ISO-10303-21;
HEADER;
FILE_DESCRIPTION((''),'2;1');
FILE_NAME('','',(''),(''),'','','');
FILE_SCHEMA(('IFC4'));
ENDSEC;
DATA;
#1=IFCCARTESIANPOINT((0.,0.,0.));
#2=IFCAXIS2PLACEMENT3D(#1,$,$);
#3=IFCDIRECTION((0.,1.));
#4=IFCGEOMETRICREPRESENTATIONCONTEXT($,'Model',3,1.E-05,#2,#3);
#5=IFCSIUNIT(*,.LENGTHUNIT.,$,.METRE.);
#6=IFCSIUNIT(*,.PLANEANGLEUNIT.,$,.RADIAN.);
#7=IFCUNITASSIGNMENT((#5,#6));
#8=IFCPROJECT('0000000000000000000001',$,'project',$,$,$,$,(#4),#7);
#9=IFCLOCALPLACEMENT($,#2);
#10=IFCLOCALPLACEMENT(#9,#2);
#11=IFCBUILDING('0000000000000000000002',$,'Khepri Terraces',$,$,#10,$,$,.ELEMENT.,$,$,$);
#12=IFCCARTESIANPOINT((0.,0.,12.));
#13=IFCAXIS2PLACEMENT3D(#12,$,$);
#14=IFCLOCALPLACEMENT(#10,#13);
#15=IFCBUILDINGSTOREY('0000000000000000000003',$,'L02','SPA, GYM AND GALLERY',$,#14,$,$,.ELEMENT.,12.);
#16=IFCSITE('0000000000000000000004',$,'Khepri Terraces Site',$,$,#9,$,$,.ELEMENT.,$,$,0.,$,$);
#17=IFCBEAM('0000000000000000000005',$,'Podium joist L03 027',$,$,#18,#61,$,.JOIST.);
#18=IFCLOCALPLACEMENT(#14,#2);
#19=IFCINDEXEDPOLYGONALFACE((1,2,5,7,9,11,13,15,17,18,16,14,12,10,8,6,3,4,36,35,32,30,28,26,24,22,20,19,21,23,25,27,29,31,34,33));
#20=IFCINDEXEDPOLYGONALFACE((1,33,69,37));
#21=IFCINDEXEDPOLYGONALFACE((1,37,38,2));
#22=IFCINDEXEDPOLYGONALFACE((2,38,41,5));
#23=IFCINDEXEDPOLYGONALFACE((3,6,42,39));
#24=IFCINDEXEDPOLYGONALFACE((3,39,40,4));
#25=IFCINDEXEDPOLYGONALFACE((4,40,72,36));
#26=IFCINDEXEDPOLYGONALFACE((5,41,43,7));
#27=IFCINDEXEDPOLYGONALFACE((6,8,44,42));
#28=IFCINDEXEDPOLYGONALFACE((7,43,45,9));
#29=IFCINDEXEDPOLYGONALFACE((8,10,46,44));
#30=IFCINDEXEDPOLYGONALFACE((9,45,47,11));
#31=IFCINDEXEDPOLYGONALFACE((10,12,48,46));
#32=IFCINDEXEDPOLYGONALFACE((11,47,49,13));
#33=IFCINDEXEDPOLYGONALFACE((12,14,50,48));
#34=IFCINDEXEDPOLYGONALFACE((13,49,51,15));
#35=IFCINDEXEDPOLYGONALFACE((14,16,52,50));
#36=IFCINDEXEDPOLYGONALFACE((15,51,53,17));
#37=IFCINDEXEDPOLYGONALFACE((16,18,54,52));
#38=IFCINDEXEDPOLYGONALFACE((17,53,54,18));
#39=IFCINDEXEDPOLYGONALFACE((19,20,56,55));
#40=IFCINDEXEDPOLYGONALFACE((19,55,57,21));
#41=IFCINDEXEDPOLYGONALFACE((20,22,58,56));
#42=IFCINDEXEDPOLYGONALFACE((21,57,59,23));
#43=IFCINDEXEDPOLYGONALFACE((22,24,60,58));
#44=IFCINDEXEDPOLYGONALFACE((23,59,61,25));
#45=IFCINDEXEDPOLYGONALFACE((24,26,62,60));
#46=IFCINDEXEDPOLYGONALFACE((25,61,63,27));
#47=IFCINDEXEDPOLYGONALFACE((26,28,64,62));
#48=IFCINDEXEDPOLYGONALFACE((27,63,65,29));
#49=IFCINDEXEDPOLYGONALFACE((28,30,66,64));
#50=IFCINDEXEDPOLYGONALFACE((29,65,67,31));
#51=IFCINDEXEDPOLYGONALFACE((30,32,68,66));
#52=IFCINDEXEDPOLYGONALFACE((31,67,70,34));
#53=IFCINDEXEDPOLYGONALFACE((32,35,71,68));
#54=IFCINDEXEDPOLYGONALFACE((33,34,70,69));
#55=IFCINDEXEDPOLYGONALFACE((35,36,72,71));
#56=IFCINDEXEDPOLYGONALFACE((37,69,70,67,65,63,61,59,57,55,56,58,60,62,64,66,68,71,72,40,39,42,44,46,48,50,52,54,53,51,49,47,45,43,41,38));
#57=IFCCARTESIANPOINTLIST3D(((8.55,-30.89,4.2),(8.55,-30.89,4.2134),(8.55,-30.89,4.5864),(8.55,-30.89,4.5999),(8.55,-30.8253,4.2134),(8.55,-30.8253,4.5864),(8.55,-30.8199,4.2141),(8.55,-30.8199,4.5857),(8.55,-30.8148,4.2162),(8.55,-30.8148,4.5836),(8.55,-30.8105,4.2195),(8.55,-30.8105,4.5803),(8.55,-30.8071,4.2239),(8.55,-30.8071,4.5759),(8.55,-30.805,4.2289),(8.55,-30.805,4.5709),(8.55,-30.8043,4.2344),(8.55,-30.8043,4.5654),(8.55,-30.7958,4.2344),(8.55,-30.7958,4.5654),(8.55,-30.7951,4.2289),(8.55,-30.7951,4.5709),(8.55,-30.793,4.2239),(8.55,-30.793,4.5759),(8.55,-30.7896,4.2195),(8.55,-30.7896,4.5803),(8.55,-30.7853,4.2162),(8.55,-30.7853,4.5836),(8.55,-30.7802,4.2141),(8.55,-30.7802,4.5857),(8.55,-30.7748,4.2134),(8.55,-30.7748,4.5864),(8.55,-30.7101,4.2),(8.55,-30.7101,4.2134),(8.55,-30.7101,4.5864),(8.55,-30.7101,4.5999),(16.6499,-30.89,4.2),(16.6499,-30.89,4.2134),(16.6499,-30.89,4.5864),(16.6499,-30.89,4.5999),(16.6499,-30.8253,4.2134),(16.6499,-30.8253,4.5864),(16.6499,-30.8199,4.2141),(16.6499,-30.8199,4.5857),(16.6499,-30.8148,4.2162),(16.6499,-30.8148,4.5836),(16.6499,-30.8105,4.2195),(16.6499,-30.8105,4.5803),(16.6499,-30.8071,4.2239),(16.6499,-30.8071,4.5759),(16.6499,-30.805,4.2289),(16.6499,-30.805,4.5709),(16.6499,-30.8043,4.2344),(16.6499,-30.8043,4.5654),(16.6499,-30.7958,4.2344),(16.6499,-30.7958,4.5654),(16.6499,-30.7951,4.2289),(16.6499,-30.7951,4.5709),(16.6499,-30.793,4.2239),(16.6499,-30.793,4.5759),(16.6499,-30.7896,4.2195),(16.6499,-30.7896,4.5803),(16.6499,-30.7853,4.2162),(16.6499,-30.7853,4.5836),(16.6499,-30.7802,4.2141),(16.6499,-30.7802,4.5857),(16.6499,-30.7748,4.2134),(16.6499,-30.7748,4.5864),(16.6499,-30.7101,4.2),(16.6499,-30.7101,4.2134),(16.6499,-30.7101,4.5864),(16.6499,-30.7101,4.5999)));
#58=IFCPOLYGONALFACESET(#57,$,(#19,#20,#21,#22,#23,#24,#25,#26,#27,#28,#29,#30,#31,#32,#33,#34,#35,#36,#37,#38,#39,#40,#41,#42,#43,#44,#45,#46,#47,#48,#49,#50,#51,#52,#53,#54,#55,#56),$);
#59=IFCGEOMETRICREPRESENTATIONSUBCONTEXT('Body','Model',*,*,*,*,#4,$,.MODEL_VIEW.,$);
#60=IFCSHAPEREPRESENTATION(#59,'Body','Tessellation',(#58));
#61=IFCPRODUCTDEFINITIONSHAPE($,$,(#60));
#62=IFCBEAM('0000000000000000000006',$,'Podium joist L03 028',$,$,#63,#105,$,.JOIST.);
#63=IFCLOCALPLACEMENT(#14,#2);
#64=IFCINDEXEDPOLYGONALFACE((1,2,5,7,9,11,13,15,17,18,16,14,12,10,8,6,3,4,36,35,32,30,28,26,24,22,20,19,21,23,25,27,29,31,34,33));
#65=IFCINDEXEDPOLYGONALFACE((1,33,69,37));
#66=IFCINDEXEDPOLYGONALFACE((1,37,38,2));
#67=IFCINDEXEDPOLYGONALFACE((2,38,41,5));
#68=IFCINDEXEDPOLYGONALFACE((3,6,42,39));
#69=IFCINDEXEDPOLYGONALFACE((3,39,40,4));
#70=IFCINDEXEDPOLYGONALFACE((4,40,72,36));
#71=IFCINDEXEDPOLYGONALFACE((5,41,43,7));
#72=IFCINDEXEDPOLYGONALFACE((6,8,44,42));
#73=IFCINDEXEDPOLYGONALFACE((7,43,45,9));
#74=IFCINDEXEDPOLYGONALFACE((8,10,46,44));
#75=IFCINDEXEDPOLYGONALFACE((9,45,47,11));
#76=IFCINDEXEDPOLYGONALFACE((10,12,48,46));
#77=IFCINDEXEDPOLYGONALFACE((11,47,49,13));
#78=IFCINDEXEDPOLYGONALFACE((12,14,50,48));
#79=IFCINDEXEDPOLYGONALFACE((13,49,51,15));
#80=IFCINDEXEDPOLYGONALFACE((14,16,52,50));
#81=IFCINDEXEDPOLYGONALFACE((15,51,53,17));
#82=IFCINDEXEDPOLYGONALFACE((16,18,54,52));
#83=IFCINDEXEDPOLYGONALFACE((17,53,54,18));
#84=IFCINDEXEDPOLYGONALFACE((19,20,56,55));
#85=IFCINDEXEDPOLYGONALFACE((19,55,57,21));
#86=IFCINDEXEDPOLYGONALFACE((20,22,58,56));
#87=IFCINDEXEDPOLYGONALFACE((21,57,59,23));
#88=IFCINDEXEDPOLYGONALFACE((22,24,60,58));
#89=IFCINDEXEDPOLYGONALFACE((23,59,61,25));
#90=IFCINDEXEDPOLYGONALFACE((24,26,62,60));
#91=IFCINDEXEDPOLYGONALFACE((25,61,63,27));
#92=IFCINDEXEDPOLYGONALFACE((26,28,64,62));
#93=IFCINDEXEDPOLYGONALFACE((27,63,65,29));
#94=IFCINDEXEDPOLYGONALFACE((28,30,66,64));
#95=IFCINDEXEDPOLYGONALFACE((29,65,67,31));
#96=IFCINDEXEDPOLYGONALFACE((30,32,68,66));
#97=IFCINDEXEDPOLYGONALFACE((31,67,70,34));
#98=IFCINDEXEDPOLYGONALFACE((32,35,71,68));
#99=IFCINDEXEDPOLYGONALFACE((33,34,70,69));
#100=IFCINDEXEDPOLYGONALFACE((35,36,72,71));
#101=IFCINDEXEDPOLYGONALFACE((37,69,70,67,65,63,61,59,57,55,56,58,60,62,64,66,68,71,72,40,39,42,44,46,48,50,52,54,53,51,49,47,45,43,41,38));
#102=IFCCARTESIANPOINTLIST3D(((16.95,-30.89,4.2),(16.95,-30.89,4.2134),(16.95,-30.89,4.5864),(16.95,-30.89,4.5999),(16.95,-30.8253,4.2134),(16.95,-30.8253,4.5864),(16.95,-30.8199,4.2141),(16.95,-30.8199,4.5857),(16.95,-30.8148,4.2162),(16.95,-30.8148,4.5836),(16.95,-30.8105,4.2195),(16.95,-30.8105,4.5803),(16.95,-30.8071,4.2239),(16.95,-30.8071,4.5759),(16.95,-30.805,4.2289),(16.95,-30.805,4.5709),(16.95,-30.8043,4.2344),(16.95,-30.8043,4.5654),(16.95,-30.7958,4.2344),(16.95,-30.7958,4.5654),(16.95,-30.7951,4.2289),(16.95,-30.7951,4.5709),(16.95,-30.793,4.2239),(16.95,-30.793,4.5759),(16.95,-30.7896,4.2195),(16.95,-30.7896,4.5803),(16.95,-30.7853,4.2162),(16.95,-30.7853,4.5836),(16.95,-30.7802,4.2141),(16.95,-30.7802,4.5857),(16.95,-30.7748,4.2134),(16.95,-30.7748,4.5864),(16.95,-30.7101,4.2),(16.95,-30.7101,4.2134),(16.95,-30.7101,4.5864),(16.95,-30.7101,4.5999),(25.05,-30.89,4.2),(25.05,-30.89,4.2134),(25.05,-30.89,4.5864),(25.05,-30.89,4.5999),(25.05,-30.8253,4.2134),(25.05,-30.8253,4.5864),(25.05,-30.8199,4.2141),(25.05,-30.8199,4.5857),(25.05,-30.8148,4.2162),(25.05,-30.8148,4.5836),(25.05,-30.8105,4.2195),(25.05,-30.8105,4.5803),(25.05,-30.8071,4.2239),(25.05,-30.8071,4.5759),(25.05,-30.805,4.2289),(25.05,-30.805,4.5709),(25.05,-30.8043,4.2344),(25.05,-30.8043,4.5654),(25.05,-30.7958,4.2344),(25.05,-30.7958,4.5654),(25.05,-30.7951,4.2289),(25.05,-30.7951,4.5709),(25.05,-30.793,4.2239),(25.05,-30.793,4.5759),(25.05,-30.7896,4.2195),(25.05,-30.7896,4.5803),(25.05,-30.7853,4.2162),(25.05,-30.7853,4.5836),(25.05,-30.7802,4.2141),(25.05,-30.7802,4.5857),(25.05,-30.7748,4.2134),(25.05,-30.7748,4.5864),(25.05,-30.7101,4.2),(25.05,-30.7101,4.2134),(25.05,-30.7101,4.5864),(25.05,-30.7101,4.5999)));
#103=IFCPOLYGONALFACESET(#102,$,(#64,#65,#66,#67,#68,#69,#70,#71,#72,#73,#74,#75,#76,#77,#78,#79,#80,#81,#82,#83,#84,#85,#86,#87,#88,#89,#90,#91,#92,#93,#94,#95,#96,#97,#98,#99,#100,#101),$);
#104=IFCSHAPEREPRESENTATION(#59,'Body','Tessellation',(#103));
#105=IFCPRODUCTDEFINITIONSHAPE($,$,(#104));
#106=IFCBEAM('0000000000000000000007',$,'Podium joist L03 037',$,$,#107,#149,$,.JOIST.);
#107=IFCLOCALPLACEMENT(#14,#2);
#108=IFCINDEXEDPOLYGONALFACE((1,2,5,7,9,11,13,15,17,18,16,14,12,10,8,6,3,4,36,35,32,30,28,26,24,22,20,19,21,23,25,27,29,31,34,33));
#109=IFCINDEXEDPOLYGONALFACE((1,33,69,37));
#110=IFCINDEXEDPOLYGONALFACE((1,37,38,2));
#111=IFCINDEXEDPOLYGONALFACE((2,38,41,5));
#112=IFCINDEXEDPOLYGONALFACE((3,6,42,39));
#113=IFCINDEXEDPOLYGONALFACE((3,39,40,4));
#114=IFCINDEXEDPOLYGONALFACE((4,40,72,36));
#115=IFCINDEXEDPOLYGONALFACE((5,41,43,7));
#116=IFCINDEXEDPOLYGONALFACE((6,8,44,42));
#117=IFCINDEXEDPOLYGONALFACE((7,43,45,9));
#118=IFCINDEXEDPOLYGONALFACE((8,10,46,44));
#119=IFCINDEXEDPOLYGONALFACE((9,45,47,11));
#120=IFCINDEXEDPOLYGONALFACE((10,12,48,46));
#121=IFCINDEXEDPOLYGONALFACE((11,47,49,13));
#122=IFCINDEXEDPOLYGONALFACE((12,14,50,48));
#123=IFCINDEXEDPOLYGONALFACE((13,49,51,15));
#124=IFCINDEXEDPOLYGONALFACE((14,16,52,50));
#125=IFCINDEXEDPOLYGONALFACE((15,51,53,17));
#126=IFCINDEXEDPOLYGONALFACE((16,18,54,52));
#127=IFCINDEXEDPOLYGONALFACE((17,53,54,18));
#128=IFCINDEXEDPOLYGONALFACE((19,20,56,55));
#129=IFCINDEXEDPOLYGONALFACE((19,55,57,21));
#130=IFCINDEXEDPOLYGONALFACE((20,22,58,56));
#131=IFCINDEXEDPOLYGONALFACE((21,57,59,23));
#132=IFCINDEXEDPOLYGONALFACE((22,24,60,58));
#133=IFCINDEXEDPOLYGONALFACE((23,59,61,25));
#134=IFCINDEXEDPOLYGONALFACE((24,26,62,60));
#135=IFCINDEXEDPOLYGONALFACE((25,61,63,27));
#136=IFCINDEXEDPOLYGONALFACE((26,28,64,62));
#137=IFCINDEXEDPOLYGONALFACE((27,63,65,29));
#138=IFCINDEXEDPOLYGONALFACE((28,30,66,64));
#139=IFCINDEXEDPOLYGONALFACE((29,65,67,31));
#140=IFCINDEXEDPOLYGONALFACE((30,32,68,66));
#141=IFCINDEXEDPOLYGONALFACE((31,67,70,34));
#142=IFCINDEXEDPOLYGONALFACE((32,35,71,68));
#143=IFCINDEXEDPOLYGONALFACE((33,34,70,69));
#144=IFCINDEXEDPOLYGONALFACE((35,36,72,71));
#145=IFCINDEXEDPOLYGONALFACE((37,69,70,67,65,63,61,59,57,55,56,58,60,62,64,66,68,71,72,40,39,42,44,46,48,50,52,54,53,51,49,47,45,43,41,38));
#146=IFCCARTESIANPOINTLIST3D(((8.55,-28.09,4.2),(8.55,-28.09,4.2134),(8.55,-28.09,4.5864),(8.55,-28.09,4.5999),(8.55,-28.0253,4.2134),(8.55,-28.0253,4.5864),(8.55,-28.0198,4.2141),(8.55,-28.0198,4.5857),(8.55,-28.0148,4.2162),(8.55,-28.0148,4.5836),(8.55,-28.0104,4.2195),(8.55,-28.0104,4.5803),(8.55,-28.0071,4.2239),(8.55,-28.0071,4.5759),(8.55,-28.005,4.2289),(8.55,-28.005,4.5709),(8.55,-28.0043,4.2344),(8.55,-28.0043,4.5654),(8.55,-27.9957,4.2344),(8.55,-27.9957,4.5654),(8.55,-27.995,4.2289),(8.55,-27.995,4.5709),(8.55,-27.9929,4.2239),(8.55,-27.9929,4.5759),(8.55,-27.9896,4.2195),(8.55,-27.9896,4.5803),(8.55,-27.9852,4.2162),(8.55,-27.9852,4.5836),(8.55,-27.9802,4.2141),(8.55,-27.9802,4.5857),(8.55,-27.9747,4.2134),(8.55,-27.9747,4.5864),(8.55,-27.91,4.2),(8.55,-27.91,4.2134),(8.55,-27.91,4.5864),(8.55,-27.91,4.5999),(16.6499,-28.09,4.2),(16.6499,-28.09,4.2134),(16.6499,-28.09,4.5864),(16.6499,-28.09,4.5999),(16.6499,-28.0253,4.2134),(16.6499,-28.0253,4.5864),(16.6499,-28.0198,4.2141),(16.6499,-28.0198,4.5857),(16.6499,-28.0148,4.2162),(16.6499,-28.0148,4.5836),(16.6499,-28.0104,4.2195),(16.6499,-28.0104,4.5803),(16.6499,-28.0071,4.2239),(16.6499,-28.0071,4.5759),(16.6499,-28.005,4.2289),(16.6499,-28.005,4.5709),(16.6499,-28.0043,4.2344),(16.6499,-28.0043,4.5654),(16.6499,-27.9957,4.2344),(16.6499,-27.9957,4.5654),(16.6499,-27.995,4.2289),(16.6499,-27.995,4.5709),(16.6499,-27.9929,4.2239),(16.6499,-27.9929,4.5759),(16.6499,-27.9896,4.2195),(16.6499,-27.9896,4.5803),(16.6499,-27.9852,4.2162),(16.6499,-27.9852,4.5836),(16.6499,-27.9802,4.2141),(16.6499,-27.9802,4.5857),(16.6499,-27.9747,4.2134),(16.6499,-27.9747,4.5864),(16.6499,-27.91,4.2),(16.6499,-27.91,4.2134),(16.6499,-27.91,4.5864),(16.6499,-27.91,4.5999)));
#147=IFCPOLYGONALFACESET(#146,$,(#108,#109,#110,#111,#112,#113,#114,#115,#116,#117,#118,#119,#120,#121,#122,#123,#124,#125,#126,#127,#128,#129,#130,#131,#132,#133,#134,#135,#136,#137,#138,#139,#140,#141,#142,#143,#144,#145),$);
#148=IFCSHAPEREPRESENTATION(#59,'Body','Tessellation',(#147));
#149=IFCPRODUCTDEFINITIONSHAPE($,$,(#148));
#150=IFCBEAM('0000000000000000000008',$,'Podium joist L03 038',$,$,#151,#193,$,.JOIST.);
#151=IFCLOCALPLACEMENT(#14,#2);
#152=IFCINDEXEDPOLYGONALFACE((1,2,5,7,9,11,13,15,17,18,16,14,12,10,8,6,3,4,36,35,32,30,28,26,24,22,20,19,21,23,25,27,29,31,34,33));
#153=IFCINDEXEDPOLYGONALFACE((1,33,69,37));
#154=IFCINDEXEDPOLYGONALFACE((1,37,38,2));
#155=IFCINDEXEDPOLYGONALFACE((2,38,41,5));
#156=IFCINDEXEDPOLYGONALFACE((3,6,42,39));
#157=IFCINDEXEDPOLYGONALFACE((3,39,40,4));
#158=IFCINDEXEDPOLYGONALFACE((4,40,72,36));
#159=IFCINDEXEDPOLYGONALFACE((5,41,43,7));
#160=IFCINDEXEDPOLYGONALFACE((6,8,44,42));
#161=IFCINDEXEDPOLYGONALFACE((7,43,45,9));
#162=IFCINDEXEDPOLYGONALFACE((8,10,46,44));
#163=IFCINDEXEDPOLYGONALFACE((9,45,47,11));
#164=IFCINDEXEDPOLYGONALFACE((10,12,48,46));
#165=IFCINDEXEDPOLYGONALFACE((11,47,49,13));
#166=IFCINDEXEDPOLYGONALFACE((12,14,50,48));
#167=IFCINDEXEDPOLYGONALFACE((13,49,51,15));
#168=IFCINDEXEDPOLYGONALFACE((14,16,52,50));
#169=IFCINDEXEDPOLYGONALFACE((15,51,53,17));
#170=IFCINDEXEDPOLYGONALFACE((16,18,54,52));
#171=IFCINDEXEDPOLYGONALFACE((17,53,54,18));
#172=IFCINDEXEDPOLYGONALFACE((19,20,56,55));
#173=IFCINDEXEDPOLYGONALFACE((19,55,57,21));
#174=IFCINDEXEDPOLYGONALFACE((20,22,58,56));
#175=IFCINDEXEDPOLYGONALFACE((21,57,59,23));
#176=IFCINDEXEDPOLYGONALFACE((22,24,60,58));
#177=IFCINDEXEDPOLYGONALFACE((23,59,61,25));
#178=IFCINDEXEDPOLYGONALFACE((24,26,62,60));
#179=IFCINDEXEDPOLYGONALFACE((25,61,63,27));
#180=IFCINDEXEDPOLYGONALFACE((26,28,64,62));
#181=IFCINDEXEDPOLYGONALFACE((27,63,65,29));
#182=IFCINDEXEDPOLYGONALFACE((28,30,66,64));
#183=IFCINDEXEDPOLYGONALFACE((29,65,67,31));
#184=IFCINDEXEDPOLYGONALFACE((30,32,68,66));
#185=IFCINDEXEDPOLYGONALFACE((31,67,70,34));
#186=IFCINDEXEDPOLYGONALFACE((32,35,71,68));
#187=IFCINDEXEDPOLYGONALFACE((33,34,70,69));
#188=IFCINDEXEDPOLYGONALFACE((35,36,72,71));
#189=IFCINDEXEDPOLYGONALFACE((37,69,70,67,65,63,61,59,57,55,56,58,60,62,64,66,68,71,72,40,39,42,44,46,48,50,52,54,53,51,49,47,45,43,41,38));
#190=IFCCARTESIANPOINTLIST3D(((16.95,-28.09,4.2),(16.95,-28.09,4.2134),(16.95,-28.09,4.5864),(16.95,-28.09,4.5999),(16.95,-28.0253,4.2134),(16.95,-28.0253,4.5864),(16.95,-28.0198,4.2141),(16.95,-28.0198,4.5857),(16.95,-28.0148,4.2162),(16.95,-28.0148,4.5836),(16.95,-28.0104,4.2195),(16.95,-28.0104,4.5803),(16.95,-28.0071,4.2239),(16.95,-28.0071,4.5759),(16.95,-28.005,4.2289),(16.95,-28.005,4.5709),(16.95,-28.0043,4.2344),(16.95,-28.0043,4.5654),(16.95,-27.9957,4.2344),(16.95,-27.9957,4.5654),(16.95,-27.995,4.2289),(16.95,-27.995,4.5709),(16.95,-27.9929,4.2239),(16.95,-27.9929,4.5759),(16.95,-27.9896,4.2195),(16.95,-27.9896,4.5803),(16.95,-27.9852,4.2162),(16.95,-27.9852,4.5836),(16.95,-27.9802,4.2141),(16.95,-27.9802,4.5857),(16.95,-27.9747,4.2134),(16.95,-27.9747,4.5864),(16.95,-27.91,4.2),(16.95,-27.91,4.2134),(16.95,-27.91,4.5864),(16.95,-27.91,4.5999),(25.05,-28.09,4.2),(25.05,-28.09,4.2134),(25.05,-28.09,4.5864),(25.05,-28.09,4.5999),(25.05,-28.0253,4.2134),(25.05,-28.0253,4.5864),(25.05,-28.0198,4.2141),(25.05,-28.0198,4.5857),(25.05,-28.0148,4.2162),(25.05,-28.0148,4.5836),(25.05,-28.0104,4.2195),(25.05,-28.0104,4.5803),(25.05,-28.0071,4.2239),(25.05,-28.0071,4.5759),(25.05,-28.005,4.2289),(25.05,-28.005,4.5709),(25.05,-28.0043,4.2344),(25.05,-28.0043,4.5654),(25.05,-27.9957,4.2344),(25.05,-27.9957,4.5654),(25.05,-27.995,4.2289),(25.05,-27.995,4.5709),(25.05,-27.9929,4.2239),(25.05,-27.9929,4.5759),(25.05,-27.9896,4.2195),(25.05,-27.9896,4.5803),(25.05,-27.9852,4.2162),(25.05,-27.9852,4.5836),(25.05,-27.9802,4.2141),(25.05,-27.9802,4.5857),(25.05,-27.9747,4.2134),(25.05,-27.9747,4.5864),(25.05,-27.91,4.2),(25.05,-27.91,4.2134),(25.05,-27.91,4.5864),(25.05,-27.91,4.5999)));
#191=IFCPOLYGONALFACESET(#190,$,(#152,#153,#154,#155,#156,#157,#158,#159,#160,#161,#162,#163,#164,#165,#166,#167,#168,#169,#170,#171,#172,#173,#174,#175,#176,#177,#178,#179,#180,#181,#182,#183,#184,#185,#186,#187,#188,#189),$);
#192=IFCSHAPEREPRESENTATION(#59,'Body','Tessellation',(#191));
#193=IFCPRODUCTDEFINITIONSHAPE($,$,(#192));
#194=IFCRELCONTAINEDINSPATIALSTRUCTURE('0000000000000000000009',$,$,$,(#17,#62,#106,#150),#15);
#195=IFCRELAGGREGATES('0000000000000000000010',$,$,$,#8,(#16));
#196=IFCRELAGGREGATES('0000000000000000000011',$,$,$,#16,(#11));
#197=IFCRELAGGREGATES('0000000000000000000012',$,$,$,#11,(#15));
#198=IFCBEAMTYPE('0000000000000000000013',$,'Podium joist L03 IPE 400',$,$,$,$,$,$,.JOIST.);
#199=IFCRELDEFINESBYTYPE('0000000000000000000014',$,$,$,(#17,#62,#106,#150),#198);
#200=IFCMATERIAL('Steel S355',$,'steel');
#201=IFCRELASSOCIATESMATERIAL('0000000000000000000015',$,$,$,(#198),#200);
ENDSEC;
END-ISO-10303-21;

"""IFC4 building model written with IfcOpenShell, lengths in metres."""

from ifc_helpers import new_model, si_unit, direction, frame, origin, origin_2d, place, context, subcontext, project, spatial, i_section, extrude, material, material_profile, profile_set, type_object, element, save


model = new_model("IFC4")

# Units and contexts
model_context = context("Model", 3, precision=1e-05, world=origin(), true_north=direction((0.0, 1.0)))
body_context = subcontext(model_context, "Body", "Model", "MODEL_VIEW")
ifc_project = project(units=[si_unit("LENGTHUNIT", "METRE"), si_unit("PLANEANGLEUNIT", "RADIAN")], contexts=[model_context])

# Site, building, storey
site_placement = place(None, origin())
site = spatial("IfcSite", under=ifc_project, at=site_placement, Name="Khepri Terraces Site", CompositionType="ELEMENT", RefElevation=0.0)
building_placement = place(site_placement, origin())
building = spatial("IfcBuilding", under=site, at=building_placement, Name="Khepri Terraces", CompositionType="ELEMENT")
storey_placement = place(building_placement, frame((0.0, 0.0, 12.0)))
storey = spatial("IfcBuildingStorey", under=building, at=storey_placement, Name="L02", Description="SPA, GYM AND GALLERY", CompositionType="ELEMENT", Elevation=12.0)

# Beams
ifc_material_1 = material(Name="Steel S355", Category="steel")
ifc_material_profile_1 = material_profile(ifc_material_1, i_section(OverallWidth=0.1799, OverallDepth=0.3999, WebThickness=0.0085, FlangeThickness=0.0134, FilletRadius=0.021, at=origin_2d()), Name="Steel S355", Category="steel")
ifc_profile_set_1 = profile_set([ifc_material_profile_1], Name="Steel S355")
beam_type_1 = type_object("IfcBeamType", Name="Podium joist L03 IPE 400", PredefinedType="JOIST", material=ifc_profile_set_1)
beam_1_placement = place(storey_placement, frame((8.55, -30.8, 4.3999), z_axis=(1.0, 0.0, 0.0), x_axis=(0.0, 1.0, 0.0)))
element("IfcBeam", 1, at=beam_1_placement, inside=storey, type_object=beam_type_1, Name="Podium joist L03 027", PredefinedType="JOIST", context=body_context, shape_type="SweptSolid", body=[
    extrude(i_section(OverallWidth=0.1799, OverallDepth=0.3999, WebThickness=0.0085, FlangeThickness=0.0134, FilletRadius=0.021, at=origin_2d()), origin(), (0.0, 0.0, 1.0), 8.0999),
])
beam_2_placement = place(storey_placement, frame((16.95, -30.8, 4.3999), z_axis=(1.0, 0.0, 0.0), x_axis=(0.0, 1.0, 0.0)))
element("IfcBeam", 2, at=beam_2_placement, inside=storey, type_object=beam_type_1, Name="Podium joist L03 028", PredefinedType="JOIST", context=body_context, shape_type="SweptSolid", body=[
    extrude(i_section(OverallWidth=0.1799, OverallDepth=0.3999, WebThickness=0.0085, FlangeThickness=0.0134, FilletRadius=0.021, at=origin_2d()), origin(), (0.0, 0.0, 1.0), 8.1001),
])
beam_3_placement = place(storey_placement, frame((8.55, -28.0, 4.3999), z_axis=(1.0, 0.0, 0.0), x_axis=(0.0, 1.0, 0.0)))
element("IfcBeam", 3, at=beam_3_placement, inside=storey, type_object=beam_type_1, Name="Podium joist L03 037", PredefinedType="JOIST", context=body_context, shape_type="SweptSolid", body=[
    extrude(i_section(OverallWidth=0.1799, OverallDepth=0.3999, WebThickness=0.0085, FlangeThickness=0.0134, FilletRadius=0.021, at=origin_2d()), origin(), (0.0, 0.0, 1.0), 8.0999),
])
beam_4_placement = place(storey_placement, frame((16.95, -28.0, 4.3999), z_axis=(1.0, 0.0, 0.0), x_axis=(0.0, 1.0, 0.0)))
element("IfcBeam", 4, at=beam_4_placement, inside=storey, type_object=beam_type_1, Name="Podium joist L03 038", PredefinedType="JOIST", context=body_context, shape_type="SweptSolid", body=[
    extrude(i_section(OverallWidth=0.1799, OverallDepth=0.3999, WebThickness=0.0085, FlangeThickness=0.0134, FilletRadius=0.021, at=origin_2d()), origin(), (0.0, 0.0, 1.0), 8.1001),
])

save(model, "model.ifc")
